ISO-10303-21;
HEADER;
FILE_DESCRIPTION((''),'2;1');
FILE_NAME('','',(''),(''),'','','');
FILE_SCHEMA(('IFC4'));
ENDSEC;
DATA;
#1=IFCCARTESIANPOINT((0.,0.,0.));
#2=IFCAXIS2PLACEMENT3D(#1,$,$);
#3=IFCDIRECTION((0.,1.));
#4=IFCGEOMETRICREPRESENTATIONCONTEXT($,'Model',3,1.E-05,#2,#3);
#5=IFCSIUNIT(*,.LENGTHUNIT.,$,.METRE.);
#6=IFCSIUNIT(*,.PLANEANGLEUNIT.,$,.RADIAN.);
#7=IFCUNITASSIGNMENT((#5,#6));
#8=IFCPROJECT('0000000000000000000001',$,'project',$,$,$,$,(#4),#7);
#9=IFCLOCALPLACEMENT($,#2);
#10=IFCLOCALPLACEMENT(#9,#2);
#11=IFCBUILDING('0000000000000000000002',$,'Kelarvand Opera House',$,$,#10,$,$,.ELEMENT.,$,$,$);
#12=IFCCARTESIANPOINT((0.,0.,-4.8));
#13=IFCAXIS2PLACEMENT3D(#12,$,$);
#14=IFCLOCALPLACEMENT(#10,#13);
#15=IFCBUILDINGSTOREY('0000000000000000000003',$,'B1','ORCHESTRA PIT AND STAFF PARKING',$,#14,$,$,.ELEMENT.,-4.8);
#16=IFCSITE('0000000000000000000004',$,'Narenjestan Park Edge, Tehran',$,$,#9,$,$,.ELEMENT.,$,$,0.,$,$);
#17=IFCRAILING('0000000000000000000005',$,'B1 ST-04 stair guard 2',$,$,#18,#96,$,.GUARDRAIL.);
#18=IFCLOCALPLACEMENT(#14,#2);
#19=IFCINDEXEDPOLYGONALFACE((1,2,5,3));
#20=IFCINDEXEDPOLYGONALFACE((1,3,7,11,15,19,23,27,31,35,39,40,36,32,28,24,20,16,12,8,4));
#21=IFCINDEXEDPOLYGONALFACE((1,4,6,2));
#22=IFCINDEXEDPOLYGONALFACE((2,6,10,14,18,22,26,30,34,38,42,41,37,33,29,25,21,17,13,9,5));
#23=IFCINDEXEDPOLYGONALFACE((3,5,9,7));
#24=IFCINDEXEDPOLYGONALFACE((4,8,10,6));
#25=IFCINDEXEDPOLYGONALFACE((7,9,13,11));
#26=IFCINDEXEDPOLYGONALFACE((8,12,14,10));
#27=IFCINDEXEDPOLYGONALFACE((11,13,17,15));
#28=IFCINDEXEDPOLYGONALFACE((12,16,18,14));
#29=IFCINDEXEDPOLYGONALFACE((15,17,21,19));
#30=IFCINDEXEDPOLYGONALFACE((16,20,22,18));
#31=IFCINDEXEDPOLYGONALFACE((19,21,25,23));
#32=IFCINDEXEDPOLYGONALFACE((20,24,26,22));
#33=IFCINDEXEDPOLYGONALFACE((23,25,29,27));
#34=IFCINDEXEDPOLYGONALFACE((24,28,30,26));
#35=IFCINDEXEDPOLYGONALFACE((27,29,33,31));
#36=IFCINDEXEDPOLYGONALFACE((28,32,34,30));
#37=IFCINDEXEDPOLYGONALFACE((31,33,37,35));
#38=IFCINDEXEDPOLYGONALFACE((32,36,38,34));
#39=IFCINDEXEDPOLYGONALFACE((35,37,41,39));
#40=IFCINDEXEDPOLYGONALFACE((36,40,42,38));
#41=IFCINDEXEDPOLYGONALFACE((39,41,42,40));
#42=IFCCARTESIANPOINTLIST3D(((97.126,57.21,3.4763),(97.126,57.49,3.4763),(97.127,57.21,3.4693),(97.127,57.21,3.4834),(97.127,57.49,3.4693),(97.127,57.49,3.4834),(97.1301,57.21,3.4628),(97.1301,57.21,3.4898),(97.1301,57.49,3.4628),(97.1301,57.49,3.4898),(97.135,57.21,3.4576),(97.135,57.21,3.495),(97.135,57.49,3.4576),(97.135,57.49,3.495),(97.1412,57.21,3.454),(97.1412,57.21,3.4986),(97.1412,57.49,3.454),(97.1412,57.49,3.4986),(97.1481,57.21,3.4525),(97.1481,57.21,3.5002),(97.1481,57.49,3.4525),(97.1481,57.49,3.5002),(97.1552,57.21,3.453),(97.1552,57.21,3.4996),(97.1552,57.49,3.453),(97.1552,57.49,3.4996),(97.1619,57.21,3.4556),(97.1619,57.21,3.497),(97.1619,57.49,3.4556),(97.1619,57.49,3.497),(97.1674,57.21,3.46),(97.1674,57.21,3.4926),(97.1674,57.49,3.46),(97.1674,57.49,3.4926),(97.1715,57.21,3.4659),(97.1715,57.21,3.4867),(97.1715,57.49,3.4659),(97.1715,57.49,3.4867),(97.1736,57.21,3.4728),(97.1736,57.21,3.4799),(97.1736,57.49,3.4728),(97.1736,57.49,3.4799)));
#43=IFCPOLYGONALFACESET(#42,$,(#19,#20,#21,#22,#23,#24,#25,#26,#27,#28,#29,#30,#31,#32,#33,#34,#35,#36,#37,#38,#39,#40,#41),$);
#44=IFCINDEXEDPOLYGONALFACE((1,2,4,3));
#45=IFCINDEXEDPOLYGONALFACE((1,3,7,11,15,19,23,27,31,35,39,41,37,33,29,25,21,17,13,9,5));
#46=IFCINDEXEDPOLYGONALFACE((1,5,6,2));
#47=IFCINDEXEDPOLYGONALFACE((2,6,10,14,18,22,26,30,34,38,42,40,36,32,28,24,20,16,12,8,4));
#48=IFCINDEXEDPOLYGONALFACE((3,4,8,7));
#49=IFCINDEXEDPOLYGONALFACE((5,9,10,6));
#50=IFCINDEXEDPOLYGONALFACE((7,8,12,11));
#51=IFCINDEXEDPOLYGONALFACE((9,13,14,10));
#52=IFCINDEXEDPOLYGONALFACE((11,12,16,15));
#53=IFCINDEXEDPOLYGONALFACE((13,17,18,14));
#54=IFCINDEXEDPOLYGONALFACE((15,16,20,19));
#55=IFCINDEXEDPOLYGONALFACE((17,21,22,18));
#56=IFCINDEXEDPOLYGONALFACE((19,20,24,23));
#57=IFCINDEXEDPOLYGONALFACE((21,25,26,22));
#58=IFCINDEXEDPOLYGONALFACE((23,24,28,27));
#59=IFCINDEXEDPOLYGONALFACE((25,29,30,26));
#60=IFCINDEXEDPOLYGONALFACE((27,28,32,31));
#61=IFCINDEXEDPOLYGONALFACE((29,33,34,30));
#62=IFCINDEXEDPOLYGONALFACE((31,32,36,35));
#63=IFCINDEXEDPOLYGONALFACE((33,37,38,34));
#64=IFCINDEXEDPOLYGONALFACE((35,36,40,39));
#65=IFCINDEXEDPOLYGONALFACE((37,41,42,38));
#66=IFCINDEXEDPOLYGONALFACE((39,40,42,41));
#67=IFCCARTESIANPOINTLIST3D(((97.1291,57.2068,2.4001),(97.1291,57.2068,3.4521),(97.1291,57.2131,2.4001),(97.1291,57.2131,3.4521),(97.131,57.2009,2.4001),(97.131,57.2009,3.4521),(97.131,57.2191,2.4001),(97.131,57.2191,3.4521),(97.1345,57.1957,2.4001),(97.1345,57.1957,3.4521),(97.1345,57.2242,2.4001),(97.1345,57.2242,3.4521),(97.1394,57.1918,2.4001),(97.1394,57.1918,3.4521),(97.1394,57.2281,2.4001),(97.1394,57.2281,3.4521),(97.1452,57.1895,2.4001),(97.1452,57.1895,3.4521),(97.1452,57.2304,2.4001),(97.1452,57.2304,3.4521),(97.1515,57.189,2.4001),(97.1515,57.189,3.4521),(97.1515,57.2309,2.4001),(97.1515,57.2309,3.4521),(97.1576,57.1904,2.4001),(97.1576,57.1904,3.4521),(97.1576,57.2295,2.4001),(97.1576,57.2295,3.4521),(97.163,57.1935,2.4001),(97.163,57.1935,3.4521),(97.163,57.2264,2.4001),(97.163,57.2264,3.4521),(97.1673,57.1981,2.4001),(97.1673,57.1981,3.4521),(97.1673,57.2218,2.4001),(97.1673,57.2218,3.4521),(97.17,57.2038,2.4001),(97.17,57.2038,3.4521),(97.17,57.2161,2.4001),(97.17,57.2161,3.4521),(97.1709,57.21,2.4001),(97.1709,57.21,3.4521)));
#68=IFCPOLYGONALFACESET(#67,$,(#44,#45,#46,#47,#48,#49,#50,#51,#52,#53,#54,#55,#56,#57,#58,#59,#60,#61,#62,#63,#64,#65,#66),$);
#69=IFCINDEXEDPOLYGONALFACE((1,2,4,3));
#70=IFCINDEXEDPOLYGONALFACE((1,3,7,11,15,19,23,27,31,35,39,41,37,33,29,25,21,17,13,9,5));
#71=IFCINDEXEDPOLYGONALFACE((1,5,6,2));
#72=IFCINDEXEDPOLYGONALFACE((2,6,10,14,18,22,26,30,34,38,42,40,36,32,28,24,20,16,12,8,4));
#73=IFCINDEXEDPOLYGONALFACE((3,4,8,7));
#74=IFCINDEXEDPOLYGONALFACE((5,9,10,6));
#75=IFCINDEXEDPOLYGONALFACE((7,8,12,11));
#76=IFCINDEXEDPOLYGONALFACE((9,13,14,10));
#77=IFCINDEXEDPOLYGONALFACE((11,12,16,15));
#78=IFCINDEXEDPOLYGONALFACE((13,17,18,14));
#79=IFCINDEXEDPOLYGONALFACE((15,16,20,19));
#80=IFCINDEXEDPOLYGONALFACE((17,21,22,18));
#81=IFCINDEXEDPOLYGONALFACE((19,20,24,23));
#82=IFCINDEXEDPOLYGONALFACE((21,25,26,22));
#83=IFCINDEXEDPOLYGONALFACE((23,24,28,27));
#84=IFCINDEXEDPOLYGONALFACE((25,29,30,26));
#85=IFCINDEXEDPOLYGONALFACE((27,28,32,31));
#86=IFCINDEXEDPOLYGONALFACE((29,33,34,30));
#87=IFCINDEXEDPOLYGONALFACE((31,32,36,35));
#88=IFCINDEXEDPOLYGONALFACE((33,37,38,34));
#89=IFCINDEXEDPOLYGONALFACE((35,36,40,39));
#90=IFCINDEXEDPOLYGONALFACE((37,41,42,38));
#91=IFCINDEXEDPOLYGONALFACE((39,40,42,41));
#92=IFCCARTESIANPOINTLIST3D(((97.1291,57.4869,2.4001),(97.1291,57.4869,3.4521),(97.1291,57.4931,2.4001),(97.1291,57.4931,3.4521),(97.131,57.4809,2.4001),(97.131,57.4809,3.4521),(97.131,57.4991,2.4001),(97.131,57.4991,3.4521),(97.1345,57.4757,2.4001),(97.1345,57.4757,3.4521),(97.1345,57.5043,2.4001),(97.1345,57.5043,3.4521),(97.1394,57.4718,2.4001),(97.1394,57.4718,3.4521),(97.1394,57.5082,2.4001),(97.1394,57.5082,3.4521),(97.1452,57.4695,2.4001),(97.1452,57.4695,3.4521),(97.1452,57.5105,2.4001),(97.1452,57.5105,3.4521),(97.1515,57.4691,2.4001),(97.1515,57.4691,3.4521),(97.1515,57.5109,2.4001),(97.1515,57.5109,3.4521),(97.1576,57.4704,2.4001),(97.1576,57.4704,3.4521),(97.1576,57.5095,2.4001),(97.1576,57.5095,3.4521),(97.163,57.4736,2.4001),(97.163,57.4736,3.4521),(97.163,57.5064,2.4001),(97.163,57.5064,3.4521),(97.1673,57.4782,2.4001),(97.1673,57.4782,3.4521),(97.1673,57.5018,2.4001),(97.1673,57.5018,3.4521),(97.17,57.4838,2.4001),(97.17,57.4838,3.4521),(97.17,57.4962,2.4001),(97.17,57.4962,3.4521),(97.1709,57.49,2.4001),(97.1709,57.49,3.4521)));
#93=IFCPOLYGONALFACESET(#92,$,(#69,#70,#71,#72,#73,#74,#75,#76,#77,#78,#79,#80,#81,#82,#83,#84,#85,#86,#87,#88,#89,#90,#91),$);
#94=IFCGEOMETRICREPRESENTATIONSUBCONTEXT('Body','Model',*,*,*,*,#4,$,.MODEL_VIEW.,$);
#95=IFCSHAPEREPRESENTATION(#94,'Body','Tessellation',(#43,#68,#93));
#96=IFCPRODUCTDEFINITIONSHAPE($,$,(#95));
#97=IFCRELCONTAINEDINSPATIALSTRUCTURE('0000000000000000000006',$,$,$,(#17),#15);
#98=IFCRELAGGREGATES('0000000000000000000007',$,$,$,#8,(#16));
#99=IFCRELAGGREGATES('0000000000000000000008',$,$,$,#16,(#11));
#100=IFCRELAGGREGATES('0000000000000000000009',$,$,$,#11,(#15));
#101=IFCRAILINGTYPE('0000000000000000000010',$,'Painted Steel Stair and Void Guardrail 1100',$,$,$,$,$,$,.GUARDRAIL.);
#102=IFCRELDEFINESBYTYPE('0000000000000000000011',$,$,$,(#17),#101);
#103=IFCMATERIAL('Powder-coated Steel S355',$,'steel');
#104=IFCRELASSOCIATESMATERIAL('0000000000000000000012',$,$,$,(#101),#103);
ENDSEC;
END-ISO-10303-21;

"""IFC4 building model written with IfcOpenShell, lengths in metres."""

from ifc_helpers import new_model, si_unit, direction, frame, origin, origin_2d, place, context, subcontext, project, spatial, circle, extrude, material, type_object, element, save


model = new_model("IFC4")

# Units and contexts
model_context = context("Model", 3, precision=1e-05, world=origin(), true_north=direction((0.0, 1.0)))
body_context = subcontext(model_context, "Body", "Model", "MODEL_VIEW")
ifc_project = project(units=[si_unit("LENGTHUNIT", "METRE"), si_unit("PLANEANGLEUNIT", "RADIAN")], contexts=[model_context])

# Site, building, storey
site_placement = place(None, origin())
site = spatial("IfcSite", under=ifc_project, at=site_placement, Name="Narenjestan Park Edge, Tehran", CompositionType="ELEMENT", RefElevation=0.0)
building_placement = place(site_placement, origin())
building = spatial("IfcBuilding", under=site, at=building_placement, Name="Kelarvand Opera House", CompositionType="ELEMENT")
storey_placement = place(building_placement, frame((0.0, 0.0, -4.8)))
storey = spatial("IfcBuildingStorey", under=building, at=storey_placement, Name="B1", Description="ORCHESTRA PIT AND STAFF PARKING", CompositionType="ELEMENT", Elevation=-4.8)

# Railing
ifc_material_1 = material(Name="Powder-coated Steel S355", Category="steel")
railing_type_1 = type_object("IfcRailingType", Name="Painted Steel Stair and Void Guardrail 1100", PredefinedType="GUARDRAIL", material=ifc_material_1)
railing_1_placement = place(storey_placement, frame((97.1499, 57.21, 2.4001)))
element("IfcRailing", 1, at=railing_1_placement, inside=storey, type_object=railing_type_1, Name="B1 ST-04 stair guard 2", PredefinedType="GUARDRAIL", context=body_context, shape_type="SweptSolid", body=[
    extrude(circle(Radius=0.0239, at=origin_2d()), frame((0.0, 0.0, 1.0762), z_axis=(0.0, 1.0, 0.0), x_axis=(-1.0, 0.0, 0.0)), (0.0, 0.0, 1.0), 0.28),
    extrude(circle(Radius=0.021, at=origin_2d()), origin(), (0.0, 0.0, 1.0), 1.052),
    extrude(circle(Radius=0.021, at=origin_2d()), frame((0.0, 0.28, 0.0)), (0.0, 0.0, 1.0), 1.052),
])

save(model, "model.ifc")
